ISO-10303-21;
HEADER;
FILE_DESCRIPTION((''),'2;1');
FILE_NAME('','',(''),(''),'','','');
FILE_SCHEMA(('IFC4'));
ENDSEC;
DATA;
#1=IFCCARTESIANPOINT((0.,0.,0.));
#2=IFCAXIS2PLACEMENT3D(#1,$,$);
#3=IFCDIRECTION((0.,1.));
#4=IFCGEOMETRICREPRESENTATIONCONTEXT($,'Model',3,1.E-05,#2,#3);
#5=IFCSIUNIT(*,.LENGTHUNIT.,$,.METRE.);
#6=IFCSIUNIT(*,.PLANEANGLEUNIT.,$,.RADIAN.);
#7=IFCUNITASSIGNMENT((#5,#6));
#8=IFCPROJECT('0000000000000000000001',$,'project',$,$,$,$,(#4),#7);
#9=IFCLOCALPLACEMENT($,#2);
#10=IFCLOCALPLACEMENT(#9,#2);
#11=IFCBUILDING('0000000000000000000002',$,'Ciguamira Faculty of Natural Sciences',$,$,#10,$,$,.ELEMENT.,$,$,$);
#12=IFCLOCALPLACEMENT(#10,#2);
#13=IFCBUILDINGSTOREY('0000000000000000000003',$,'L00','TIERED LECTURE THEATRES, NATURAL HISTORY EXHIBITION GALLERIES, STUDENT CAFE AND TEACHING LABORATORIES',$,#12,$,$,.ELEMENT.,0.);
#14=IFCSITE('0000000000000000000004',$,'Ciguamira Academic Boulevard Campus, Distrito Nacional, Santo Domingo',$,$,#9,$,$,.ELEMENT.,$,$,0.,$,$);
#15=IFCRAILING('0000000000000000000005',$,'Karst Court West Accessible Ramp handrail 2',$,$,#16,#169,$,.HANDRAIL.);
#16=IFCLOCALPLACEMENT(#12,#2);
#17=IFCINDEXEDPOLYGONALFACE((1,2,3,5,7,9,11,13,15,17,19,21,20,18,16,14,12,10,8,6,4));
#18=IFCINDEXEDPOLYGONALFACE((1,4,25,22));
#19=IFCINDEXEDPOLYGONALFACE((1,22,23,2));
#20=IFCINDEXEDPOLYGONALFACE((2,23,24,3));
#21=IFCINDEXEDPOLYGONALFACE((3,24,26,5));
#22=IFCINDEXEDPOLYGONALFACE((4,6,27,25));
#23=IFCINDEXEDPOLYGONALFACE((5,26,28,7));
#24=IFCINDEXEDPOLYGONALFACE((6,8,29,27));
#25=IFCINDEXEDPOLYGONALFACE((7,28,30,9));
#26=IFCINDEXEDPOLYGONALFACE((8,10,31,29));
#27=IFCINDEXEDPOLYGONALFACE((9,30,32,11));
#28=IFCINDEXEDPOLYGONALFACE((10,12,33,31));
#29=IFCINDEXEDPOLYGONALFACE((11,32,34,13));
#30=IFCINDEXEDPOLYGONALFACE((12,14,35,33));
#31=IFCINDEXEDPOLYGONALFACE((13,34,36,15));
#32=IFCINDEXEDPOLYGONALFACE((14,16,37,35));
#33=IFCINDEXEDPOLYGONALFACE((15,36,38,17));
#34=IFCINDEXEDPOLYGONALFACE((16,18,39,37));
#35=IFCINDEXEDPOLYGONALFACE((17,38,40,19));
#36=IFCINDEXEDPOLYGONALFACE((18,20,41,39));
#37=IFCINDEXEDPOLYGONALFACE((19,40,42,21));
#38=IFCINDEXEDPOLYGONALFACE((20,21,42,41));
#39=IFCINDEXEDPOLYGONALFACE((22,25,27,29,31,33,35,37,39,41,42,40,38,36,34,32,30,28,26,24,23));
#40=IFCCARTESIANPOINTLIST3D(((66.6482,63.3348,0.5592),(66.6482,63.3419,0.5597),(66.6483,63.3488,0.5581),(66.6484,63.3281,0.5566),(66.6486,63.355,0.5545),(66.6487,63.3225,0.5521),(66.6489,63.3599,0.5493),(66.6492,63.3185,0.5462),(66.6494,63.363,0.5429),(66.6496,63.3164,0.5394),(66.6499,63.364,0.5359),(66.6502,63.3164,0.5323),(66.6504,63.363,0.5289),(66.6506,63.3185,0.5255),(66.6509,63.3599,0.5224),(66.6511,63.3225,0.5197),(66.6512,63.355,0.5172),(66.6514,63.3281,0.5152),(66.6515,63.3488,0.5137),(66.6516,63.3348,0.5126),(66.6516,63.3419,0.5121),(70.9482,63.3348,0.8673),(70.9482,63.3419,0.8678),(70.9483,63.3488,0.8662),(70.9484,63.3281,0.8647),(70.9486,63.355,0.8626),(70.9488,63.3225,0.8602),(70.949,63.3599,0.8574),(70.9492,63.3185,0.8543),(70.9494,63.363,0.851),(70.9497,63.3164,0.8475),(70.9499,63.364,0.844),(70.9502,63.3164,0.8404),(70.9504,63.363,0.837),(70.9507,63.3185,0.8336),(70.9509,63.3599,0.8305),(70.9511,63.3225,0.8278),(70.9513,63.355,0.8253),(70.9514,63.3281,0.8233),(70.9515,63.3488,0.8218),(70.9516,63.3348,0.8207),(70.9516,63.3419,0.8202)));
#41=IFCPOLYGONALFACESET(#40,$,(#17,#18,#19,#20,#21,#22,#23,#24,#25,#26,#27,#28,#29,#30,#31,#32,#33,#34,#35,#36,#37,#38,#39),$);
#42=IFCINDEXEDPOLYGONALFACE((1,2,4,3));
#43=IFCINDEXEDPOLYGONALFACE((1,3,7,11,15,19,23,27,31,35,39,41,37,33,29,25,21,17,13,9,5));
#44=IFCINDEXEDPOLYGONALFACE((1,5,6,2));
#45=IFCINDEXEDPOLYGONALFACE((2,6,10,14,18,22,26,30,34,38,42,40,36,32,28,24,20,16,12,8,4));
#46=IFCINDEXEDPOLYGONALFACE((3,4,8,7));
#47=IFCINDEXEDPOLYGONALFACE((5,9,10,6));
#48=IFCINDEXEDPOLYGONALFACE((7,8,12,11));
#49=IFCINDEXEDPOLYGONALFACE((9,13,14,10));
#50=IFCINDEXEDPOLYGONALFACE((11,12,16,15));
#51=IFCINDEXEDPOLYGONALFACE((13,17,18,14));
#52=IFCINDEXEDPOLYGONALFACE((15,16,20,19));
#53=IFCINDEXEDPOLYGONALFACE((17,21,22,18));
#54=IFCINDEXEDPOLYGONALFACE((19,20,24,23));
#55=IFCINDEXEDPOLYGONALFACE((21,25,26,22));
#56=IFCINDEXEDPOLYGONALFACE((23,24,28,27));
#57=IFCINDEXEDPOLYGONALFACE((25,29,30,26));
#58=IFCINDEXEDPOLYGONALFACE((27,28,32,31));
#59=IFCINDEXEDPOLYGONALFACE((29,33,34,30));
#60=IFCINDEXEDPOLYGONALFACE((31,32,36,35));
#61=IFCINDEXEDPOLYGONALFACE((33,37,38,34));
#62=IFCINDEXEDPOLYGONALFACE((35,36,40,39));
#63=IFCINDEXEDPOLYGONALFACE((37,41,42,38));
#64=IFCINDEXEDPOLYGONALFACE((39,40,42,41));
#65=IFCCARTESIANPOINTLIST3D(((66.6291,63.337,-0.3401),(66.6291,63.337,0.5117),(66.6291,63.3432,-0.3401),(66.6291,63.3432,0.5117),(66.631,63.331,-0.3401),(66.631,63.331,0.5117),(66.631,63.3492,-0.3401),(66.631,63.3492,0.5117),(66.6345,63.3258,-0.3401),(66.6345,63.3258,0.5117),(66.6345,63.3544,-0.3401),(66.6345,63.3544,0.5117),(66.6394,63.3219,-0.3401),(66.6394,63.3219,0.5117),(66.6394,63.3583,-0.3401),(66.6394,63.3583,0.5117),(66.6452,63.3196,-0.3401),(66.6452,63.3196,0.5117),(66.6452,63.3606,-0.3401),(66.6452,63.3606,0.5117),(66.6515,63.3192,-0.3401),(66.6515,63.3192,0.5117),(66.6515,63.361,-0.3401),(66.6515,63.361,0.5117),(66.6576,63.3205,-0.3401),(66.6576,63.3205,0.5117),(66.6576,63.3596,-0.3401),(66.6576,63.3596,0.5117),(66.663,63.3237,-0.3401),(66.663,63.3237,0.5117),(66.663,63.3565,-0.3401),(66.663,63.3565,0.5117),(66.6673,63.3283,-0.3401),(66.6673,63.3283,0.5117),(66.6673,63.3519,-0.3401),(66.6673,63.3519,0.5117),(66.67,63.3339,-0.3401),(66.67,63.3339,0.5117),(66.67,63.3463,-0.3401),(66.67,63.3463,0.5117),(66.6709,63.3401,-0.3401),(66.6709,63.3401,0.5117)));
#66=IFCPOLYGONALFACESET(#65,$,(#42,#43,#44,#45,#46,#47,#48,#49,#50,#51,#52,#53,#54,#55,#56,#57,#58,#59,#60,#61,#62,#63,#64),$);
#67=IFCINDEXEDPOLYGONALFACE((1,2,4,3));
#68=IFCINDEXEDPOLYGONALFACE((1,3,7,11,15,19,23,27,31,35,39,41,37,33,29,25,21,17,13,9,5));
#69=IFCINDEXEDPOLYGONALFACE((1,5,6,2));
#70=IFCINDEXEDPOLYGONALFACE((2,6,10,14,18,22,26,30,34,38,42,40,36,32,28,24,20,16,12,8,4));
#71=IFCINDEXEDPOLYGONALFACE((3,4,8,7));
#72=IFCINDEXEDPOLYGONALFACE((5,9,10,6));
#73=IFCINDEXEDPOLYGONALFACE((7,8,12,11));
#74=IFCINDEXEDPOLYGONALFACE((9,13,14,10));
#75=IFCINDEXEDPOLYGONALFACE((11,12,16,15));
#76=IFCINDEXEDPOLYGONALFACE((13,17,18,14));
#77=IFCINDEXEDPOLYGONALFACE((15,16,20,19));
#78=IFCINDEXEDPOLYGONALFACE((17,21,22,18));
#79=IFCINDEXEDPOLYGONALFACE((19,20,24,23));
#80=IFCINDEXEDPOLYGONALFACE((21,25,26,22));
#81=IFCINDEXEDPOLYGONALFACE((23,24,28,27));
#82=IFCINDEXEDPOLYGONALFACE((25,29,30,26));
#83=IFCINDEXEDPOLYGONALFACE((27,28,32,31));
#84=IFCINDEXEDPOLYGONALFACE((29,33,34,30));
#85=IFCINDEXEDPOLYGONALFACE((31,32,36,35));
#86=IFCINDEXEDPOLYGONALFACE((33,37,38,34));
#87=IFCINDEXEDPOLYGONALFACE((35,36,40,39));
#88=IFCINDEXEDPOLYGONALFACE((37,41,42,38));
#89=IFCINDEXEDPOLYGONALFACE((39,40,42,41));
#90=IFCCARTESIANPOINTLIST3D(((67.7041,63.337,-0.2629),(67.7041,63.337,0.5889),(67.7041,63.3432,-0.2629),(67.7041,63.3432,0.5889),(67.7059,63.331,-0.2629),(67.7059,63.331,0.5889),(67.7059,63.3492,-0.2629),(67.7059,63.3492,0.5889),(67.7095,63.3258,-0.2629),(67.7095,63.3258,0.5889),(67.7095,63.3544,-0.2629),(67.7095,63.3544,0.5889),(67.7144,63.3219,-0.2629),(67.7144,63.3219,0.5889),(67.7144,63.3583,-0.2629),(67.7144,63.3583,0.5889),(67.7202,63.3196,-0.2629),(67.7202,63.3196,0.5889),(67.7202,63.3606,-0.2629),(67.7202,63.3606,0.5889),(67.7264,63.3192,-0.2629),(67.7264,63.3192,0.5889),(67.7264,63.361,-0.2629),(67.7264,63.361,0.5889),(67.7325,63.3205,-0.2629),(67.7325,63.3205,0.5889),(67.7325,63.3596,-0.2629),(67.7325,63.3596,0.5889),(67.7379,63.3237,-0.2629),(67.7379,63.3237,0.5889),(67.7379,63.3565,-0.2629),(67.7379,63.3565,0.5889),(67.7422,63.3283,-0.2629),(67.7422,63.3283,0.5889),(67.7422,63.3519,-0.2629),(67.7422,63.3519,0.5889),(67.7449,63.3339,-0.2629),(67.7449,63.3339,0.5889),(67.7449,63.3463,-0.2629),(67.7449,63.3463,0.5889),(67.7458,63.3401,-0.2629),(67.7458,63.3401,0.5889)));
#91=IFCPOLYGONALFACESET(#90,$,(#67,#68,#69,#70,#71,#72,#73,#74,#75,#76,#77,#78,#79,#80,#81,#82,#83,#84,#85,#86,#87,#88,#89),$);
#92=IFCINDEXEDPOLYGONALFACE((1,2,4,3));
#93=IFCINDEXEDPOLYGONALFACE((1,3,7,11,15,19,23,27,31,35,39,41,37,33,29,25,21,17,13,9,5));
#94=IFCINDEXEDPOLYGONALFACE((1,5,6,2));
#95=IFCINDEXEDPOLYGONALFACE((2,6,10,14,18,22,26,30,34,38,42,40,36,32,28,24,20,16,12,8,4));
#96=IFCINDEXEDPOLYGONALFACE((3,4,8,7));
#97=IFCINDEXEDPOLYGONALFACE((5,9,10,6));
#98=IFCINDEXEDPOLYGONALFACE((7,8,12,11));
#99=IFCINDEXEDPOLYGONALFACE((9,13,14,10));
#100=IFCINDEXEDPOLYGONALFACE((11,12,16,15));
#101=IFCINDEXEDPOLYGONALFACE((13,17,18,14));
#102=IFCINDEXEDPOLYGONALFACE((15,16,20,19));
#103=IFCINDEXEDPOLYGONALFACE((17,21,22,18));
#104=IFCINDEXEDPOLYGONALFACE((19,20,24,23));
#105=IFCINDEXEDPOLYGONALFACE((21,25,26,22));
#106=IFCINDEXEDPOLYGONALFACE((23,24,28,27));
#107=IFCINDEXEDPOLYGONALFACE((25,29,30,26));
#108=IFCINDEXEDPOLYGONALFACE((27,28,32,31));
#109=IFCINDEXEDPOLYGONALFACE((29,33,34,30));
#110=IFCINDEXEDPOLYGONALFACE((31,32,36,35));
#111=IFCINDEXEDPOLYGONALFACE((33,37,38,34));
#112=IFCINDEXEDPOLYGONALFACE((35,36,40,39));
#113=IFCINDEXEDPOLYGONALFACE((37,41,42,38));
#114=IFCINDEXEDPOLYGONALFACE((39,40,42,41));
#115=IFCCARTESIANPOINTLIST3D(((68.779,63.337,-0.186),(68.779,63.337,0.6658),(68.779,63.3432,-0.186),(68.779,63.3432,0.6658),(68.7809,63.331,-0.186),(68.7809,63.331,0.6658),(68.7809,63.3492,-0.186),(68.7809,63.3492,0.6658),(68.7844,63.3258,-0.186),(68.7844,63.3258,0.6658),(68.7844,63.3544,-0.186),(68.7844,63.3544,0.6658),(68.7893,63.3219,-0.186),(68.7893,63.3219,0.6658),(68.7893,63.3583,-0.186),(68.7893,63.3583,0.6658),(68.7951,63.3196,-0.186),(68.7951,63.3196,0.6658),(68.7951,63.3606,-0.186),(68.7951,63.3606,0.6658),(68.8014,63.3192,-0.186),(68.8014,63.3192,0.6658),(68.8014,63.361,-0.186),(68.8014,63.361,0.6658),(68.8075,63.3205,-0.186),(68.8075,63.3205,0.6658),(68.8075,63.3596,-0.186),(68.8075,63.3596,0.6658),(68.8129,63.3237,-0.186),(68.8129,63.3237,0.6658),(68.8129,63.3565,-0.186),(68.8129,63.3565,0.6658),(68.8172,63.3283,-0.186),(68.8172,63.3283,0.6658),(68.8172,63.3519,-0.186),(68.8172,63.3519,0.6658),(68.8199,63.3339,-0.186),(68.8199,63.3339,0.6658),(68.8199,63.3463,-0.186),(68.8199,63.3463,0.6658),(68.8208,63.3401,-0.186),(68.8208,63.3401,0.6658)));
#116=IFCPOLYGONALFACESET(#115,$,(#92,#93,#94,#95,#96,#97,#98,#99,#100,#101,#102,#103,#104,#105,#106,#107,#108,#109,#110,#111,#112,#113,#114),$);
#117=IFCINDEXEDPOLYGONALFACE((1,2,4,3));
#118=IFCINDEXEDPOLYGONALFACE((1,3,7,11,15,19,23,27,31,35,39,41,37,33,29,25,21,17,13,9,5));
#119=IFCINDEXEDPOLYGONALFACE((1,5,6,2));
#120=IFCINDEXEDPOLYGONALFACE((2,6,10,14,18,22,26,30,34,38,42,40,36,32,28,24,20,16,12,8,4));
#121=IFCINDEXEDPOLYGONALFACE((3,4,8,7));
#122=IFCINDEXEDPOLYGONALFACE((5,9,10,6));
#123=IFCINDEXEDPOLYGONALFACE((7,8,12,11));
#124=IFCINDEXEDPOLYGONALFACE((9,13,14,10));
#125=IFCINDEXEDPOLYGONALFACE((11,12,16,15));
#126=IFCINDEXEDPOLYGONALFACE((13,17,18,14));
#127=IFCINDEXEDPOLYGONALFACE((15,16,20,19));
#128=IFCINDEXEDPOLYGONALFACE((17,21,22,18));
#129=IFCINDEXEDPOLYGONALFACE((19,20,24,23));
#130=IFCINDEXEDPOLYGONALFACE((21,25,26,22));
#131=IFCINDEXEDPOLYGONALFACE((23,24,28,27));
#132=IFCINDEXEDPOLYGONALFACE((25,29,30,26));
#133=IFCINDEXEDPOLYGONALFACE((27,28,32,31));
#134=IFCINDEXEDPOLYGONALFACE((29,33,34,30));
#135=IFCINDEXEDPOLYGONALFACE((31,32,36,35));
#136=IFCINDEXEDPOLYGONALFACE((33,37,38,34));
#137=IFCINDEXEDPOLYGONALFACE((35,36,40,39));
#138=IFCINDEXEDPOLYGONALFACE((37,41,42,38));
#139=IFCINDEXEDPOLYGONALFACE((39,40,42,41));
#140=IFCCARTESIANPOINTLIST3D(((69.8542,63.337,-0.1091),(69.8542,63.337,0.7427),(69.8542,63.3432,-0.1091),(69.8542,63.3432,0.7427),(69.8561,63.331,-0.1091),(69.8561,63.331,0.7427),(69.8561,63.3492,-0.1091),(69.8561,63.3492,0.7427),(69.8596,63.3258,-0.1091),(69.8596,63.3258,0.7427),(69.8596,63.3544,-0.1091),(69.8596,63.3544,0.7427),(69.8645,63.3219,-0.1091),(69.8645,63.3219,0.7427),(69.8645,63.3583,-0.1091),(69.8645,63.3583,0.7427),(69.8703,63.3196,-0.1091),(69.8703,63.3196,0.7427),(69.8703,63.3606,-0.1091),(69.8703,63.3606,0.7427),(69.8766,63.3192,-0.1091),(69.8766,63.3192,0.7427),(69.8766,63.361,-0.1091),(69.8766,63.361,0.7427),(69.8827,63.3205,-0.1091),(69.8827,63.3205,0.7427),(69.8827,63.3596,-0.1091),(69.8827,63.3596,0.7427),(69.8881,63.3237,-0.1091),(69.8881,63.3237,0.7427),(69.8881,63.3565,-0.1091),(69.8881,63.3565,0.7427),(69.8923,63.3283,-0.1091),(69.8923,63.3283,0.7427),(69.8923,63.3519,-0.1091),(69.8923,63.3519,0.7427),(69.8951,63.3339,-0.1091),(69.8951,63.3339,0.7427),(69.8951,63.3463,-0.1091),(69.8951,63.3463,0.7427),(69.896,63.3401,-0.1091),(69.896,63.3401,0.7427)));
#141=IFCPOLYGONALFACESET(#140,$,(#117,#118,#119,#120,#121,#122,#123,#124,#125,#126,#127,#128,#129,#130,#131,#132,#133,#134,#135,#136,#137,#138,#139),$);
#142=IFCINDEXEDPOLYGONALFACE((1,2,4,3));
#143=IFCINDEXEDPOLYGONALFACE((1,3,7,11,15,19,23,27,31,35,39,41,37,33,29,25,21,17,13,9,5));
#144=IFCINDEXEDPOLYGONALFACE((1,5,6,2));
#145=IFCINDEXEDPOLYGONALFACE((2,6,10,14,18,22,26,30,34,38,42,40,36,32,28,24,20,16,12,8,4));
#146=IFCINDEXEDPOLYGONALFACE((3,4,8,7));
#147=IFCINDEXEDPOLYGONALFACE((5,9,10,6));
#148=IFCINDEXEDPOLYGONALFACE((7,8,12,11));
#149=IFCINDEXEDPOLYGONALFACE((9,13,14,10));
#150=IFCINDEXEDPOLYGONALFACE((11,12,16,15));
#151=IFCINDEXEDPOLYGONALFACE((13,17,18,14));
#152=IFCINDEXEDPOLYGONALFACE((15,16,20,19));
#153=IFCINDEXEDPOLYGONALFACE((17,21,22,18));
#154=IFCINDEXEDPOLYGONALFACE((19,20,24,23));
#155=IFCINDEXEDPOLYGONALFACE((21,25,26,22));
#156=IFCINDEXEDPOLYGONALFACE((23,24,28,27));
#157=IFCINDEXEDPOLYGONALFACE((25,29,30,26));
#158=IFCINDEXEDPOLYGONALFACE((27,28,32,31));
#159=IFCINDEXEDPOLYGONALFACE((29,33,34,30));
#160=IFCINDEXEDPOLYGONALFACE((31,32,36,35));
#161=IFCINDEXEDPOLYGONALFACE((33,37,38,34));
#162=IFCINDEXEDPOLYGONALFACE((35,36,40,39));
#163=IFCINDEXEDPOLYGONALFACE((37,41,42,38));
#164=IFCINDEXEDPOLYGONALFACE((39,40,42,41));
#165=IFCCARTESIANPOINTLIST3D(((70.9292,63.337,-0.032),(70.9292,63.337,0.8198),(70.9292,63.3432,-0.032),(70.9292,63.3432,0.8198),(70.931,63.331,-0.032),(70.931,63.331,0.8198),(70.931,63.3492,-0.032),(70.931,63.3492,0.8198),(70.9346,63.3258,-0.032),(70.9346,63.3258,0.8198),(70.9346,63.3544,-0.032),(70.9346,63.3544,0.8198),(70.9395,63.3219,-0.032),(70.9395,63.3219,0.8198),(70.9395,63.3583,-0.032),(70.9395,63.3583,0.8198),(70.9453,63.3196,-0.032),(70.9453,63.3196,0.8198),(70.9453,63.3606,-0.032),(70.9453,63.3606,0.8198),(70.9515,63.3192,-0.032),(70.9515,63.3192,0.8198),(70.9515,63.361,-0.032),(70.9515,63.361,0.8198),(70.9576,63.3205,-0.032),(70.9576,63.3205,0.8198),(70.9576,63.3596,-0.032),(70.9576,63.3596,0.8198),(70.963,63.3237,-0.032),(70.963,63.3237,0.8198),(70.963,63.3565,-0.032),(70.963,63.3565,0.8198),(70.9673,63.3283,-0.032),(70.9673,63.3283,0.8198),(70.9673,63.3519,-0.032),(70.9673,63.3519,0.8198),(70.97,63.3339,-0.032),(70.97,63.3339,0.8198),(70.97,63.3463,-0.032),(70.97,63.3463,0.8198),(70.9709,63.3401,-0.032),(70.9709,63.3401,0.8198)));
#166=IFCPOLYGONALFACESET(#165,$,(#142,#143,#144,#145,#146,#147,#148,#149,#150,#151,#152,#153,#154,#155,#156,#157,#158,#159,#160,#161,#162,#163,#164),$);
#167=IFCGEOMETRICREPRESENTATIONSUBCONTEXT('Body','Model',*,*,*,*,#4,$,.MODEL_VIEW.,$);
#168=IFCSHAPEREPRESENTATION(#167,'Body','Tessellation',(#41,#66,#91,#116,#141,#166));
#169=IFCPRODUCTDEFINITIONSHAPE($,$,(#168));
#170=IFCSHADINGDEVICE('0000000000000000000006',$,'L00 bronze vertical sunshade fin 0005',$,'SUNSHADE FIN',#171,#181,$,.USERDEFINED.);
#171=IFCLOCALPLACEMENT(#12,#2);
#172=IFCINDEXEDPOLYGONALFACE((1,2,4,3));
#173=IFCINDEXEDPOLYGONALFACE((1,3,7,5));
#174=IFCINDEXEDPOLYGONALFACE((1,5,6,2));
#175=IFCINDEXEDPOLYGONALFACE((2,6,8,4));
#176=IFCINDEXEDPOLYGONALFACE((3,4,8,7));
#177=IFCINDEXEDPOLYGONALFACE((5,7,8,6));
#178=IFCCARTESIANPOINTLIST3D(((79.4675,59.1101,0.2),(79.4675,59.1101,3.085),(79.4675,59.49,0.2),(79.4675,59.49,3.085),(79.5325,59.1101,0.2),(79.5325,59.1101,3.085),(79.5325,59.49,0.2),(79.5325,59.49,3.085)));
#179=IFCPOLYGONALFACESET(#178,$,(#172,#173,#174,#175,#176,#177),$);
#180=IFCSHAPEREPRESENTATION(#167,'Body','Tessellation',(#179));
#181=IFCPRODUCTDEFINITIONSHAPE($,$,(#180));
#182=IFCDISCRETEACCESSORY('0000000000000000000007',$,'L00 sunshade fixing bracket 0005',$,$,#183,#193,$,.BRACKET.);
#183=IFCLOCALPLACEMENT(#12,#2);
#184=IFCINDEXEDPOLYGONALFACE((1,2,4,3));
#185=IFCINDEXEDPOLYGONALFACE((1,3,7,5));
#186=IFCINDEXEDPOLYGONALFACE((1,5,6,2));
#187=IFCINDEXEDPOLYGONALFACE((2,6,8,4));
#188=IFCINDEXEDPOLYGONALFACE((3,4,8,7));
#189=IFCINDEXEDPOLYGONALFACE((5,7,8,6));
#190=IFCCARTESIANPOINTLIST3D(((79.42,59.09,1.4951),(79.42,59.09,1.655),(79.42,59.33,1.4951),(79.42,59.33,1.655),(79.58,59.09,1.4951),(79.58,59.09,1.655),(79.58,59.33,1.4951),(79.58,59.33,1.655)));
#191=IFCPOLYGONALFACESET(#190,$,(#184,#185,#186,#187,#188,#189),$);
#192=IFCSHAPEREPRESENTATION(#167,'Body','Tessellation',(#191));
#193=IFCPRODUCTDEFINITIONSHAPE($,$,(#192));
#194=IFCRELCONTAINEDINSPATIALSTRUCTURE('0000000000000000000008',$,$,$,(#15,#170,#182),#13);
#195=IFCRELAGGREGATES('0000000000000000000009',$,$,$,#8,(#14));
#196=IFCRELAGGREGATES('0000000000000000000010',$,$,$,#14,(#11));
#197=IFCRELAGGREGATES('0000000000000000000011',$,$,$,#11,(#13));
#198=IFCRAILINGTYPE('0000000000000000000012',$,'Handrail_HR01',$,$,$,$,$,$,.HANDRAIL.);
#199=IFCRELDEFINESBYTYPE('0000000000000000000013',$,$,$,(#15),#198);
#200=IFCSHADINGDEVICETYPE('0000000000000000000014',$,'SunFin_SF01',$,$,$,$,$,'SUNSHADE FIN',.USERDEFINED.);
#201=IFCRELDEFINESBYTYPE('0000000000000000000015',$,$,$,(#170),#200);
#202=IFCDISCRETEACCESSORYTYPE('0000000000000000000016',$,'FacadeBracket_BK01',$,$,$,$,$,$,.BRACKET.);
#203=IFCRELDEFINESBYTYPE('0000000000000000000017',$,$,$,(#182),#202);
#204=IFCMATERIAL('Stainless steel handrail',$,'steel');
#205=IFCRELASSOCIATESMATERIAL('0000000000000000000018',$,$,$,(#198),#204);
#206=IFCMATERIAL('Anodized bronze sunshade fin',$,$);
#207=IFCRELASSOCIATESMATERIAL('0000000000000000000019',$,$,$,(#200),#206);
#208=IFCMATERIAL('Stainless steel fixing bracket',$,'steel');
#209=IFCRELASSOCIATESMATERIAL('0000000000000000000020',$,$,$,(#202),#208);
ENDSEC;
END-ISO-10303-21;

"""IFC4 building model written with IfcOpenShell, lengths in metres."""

from ifc_helpers import new_model, si_unit, direction, frame, origin, origin_2d, place, context, subcontext, project, spatial, rectangle, circle, extrude, material, material_profile, profile_set, type_object, element, save


model = new_model("IFC4")

# Units and contexts
model_context = context("Model", 3, precision=1e-05, world=origin(), true_north=direction((0.0, 1.0)))
body_context = subcontext(model_context, "Body", "Model", "MODEL_VIEW")
ifc_project = project(units=[si_unit("LENGTHUNIT", "METRE"), si_unit("PLANEANGLEUNIT", "RADIAN")], contexts=[model_context])

# Site, building, storey
site_placement = place(None, origin())
site = spatial("IfcSite", under=ifc_project, at=site_placement, Name="Ciguamira Academic Boulevard Campus, Distrito Nacional, Santo Domingo", CompositionType="ELEMENT", RefElevation=0.0)
building_placement = place(site_placement, origin())
building = spatial("IfcBuilding", under=site, at=building_placement, Name="Ciguamira Faculty of Natural Sciences", CompositionType="ELEMENT")
storey_placement = place(building_placement, origin())
storey = spatial("IfcBuildingStorey", under=building, at=storey_placement, Name="L00", Description="TIERED LECTURE THEATRES, NATURAL HISTORY EXHIBITION GALLERIES, STUDENT CAFE AND TEACHING LABORATORIES", CompositionType="ELEMENT", Elevation=0.0)

# Railing
ifc_material_1 = material(Name="Stainless steel handrail", Category="steel")
railing_type = type_object("IfcRailingType", Name="Handrail_HR01", PredefinedType="HANDRAIL", material=ifc_material_1)
for number, where, name in (
    (1, (66.6499, 63.3401, -0.3401), "Karst Court West Accessible Ramp handrail 2"),
):
    element("IfcRailing", number, at=place(storey_placement, frame(where)), inside=storey, type_object=railing_type, Name=name, PredefinedType="HANDRAIL", context=body_context, shape_type="SweptSolid", body=[
        extrude(circle(Radius=0.0239, at=origin_2d()), frame((0.0, 0.0, 0.876), z_axis=(0.997443, 0.0, 0.071468), x_axis=(0.0, 1.0, 0.0)), (0.0, 0.0, 1.0), 4.311),
        extrude(circle(Radius=0.021, at=origin_2d()), origin(), (0.0, 0.0, 1.0), 0.8518),
        extrude(circle(Radius=0.021, at=origin_2d()), frame((1.075, 0.0, 0.0771)), (0.0, 0.0, 1.0), 0.8518),
        extrude(circle(Radius=0.021, at=origin_2d()), frame((2.1499, 0.0, 0.1541)), (0.0, 0.0, 1.0), 0.8518),
        extrude(circle(Radius=0.021, at=origin_2d()), frame((3.2251, 0.0, 0.231)), (0.0, 0.0, 1.0), 0.8518),
        extrude(circle(Radius=0.021, at=origin_2d()), frame((4.3, 0.0, 0.3081)), (0.0, 0.0, 1.0), 0.8518),
    ])

# Shading device
ifc_material_2 = material(Name="Anodized bronze sunshade fin")
ifc_material_profile_1 = material_profile(ifc_material_2, rectangle(XDim=0.0649, YDim=0.3799, at=origin_2d()), Name="BRZ-FIN-65X380")
ifc_profile_set_1 = profile_set([ifc_material_profile_1], Name="Anodized bronze sunshade fin")
shading_device_type = type_object("IfcShadingDeviceType", Name="SunFin_SF01", ElementType="SUNSHADE FIN", PredefinedType="USERDEFINED", material=ifc_profile_set_1)
shading_device_placement = place(storey_placement, frame((79.5, 59.3, 0.2), z_axis=(0.0, 0.0, 1.0), x_axis=(1.0, 0.0, 0.0)))
element("IfcShadingDevice", 2, at=shading_device_placement, inside=storey, type_object=shading_device_type, Name="L00 bronze vertical sunshade fin 0005", ObjectType="SUNSHADE FIN", PredefinedType="USERDEFINED", context=body_context, shape_type="SweptSolid", body=[
    extrude(rectangle(XDim=0.0649, YDim=0.3799, at=origin_2d()), origin(), (0.0, 0.0, 1.0), 2.885),
])

# Discrete accessory
ifc_material_3 = material(Name="Stainless steel fixing bracket", Category="steel")
discrete_accessory_type = type_object("IfcDiscreteAccessoryType", Name="FacadeBracket_BK01", PredefinedType="BRACKET", material=ifc_material_3)
discrete_accessory_placement = place(storey_placement, frame((79.5, 59.21, 1.4951), z_axis=(0.0, 0.0, 1.0), x_axis=(1.0, 0.0, 0.0)))
element("IfcDiscreteAccessory", 3, at=discrete_accessory_placement, inside=storey, type_object=discrete_accessory_type, Name="L00 sunshade fixing bracket 0005", PredefinedType="BRACKET", context=body_context, shape_type="SweptSolid", body=[
    extrude(rectangle(XDim=0.1599, YDim=0.24, at=origin_2d()), origin(), (0.0, 0.0, 1.0), 0.1599),
])

save(model, "model.ifc")
